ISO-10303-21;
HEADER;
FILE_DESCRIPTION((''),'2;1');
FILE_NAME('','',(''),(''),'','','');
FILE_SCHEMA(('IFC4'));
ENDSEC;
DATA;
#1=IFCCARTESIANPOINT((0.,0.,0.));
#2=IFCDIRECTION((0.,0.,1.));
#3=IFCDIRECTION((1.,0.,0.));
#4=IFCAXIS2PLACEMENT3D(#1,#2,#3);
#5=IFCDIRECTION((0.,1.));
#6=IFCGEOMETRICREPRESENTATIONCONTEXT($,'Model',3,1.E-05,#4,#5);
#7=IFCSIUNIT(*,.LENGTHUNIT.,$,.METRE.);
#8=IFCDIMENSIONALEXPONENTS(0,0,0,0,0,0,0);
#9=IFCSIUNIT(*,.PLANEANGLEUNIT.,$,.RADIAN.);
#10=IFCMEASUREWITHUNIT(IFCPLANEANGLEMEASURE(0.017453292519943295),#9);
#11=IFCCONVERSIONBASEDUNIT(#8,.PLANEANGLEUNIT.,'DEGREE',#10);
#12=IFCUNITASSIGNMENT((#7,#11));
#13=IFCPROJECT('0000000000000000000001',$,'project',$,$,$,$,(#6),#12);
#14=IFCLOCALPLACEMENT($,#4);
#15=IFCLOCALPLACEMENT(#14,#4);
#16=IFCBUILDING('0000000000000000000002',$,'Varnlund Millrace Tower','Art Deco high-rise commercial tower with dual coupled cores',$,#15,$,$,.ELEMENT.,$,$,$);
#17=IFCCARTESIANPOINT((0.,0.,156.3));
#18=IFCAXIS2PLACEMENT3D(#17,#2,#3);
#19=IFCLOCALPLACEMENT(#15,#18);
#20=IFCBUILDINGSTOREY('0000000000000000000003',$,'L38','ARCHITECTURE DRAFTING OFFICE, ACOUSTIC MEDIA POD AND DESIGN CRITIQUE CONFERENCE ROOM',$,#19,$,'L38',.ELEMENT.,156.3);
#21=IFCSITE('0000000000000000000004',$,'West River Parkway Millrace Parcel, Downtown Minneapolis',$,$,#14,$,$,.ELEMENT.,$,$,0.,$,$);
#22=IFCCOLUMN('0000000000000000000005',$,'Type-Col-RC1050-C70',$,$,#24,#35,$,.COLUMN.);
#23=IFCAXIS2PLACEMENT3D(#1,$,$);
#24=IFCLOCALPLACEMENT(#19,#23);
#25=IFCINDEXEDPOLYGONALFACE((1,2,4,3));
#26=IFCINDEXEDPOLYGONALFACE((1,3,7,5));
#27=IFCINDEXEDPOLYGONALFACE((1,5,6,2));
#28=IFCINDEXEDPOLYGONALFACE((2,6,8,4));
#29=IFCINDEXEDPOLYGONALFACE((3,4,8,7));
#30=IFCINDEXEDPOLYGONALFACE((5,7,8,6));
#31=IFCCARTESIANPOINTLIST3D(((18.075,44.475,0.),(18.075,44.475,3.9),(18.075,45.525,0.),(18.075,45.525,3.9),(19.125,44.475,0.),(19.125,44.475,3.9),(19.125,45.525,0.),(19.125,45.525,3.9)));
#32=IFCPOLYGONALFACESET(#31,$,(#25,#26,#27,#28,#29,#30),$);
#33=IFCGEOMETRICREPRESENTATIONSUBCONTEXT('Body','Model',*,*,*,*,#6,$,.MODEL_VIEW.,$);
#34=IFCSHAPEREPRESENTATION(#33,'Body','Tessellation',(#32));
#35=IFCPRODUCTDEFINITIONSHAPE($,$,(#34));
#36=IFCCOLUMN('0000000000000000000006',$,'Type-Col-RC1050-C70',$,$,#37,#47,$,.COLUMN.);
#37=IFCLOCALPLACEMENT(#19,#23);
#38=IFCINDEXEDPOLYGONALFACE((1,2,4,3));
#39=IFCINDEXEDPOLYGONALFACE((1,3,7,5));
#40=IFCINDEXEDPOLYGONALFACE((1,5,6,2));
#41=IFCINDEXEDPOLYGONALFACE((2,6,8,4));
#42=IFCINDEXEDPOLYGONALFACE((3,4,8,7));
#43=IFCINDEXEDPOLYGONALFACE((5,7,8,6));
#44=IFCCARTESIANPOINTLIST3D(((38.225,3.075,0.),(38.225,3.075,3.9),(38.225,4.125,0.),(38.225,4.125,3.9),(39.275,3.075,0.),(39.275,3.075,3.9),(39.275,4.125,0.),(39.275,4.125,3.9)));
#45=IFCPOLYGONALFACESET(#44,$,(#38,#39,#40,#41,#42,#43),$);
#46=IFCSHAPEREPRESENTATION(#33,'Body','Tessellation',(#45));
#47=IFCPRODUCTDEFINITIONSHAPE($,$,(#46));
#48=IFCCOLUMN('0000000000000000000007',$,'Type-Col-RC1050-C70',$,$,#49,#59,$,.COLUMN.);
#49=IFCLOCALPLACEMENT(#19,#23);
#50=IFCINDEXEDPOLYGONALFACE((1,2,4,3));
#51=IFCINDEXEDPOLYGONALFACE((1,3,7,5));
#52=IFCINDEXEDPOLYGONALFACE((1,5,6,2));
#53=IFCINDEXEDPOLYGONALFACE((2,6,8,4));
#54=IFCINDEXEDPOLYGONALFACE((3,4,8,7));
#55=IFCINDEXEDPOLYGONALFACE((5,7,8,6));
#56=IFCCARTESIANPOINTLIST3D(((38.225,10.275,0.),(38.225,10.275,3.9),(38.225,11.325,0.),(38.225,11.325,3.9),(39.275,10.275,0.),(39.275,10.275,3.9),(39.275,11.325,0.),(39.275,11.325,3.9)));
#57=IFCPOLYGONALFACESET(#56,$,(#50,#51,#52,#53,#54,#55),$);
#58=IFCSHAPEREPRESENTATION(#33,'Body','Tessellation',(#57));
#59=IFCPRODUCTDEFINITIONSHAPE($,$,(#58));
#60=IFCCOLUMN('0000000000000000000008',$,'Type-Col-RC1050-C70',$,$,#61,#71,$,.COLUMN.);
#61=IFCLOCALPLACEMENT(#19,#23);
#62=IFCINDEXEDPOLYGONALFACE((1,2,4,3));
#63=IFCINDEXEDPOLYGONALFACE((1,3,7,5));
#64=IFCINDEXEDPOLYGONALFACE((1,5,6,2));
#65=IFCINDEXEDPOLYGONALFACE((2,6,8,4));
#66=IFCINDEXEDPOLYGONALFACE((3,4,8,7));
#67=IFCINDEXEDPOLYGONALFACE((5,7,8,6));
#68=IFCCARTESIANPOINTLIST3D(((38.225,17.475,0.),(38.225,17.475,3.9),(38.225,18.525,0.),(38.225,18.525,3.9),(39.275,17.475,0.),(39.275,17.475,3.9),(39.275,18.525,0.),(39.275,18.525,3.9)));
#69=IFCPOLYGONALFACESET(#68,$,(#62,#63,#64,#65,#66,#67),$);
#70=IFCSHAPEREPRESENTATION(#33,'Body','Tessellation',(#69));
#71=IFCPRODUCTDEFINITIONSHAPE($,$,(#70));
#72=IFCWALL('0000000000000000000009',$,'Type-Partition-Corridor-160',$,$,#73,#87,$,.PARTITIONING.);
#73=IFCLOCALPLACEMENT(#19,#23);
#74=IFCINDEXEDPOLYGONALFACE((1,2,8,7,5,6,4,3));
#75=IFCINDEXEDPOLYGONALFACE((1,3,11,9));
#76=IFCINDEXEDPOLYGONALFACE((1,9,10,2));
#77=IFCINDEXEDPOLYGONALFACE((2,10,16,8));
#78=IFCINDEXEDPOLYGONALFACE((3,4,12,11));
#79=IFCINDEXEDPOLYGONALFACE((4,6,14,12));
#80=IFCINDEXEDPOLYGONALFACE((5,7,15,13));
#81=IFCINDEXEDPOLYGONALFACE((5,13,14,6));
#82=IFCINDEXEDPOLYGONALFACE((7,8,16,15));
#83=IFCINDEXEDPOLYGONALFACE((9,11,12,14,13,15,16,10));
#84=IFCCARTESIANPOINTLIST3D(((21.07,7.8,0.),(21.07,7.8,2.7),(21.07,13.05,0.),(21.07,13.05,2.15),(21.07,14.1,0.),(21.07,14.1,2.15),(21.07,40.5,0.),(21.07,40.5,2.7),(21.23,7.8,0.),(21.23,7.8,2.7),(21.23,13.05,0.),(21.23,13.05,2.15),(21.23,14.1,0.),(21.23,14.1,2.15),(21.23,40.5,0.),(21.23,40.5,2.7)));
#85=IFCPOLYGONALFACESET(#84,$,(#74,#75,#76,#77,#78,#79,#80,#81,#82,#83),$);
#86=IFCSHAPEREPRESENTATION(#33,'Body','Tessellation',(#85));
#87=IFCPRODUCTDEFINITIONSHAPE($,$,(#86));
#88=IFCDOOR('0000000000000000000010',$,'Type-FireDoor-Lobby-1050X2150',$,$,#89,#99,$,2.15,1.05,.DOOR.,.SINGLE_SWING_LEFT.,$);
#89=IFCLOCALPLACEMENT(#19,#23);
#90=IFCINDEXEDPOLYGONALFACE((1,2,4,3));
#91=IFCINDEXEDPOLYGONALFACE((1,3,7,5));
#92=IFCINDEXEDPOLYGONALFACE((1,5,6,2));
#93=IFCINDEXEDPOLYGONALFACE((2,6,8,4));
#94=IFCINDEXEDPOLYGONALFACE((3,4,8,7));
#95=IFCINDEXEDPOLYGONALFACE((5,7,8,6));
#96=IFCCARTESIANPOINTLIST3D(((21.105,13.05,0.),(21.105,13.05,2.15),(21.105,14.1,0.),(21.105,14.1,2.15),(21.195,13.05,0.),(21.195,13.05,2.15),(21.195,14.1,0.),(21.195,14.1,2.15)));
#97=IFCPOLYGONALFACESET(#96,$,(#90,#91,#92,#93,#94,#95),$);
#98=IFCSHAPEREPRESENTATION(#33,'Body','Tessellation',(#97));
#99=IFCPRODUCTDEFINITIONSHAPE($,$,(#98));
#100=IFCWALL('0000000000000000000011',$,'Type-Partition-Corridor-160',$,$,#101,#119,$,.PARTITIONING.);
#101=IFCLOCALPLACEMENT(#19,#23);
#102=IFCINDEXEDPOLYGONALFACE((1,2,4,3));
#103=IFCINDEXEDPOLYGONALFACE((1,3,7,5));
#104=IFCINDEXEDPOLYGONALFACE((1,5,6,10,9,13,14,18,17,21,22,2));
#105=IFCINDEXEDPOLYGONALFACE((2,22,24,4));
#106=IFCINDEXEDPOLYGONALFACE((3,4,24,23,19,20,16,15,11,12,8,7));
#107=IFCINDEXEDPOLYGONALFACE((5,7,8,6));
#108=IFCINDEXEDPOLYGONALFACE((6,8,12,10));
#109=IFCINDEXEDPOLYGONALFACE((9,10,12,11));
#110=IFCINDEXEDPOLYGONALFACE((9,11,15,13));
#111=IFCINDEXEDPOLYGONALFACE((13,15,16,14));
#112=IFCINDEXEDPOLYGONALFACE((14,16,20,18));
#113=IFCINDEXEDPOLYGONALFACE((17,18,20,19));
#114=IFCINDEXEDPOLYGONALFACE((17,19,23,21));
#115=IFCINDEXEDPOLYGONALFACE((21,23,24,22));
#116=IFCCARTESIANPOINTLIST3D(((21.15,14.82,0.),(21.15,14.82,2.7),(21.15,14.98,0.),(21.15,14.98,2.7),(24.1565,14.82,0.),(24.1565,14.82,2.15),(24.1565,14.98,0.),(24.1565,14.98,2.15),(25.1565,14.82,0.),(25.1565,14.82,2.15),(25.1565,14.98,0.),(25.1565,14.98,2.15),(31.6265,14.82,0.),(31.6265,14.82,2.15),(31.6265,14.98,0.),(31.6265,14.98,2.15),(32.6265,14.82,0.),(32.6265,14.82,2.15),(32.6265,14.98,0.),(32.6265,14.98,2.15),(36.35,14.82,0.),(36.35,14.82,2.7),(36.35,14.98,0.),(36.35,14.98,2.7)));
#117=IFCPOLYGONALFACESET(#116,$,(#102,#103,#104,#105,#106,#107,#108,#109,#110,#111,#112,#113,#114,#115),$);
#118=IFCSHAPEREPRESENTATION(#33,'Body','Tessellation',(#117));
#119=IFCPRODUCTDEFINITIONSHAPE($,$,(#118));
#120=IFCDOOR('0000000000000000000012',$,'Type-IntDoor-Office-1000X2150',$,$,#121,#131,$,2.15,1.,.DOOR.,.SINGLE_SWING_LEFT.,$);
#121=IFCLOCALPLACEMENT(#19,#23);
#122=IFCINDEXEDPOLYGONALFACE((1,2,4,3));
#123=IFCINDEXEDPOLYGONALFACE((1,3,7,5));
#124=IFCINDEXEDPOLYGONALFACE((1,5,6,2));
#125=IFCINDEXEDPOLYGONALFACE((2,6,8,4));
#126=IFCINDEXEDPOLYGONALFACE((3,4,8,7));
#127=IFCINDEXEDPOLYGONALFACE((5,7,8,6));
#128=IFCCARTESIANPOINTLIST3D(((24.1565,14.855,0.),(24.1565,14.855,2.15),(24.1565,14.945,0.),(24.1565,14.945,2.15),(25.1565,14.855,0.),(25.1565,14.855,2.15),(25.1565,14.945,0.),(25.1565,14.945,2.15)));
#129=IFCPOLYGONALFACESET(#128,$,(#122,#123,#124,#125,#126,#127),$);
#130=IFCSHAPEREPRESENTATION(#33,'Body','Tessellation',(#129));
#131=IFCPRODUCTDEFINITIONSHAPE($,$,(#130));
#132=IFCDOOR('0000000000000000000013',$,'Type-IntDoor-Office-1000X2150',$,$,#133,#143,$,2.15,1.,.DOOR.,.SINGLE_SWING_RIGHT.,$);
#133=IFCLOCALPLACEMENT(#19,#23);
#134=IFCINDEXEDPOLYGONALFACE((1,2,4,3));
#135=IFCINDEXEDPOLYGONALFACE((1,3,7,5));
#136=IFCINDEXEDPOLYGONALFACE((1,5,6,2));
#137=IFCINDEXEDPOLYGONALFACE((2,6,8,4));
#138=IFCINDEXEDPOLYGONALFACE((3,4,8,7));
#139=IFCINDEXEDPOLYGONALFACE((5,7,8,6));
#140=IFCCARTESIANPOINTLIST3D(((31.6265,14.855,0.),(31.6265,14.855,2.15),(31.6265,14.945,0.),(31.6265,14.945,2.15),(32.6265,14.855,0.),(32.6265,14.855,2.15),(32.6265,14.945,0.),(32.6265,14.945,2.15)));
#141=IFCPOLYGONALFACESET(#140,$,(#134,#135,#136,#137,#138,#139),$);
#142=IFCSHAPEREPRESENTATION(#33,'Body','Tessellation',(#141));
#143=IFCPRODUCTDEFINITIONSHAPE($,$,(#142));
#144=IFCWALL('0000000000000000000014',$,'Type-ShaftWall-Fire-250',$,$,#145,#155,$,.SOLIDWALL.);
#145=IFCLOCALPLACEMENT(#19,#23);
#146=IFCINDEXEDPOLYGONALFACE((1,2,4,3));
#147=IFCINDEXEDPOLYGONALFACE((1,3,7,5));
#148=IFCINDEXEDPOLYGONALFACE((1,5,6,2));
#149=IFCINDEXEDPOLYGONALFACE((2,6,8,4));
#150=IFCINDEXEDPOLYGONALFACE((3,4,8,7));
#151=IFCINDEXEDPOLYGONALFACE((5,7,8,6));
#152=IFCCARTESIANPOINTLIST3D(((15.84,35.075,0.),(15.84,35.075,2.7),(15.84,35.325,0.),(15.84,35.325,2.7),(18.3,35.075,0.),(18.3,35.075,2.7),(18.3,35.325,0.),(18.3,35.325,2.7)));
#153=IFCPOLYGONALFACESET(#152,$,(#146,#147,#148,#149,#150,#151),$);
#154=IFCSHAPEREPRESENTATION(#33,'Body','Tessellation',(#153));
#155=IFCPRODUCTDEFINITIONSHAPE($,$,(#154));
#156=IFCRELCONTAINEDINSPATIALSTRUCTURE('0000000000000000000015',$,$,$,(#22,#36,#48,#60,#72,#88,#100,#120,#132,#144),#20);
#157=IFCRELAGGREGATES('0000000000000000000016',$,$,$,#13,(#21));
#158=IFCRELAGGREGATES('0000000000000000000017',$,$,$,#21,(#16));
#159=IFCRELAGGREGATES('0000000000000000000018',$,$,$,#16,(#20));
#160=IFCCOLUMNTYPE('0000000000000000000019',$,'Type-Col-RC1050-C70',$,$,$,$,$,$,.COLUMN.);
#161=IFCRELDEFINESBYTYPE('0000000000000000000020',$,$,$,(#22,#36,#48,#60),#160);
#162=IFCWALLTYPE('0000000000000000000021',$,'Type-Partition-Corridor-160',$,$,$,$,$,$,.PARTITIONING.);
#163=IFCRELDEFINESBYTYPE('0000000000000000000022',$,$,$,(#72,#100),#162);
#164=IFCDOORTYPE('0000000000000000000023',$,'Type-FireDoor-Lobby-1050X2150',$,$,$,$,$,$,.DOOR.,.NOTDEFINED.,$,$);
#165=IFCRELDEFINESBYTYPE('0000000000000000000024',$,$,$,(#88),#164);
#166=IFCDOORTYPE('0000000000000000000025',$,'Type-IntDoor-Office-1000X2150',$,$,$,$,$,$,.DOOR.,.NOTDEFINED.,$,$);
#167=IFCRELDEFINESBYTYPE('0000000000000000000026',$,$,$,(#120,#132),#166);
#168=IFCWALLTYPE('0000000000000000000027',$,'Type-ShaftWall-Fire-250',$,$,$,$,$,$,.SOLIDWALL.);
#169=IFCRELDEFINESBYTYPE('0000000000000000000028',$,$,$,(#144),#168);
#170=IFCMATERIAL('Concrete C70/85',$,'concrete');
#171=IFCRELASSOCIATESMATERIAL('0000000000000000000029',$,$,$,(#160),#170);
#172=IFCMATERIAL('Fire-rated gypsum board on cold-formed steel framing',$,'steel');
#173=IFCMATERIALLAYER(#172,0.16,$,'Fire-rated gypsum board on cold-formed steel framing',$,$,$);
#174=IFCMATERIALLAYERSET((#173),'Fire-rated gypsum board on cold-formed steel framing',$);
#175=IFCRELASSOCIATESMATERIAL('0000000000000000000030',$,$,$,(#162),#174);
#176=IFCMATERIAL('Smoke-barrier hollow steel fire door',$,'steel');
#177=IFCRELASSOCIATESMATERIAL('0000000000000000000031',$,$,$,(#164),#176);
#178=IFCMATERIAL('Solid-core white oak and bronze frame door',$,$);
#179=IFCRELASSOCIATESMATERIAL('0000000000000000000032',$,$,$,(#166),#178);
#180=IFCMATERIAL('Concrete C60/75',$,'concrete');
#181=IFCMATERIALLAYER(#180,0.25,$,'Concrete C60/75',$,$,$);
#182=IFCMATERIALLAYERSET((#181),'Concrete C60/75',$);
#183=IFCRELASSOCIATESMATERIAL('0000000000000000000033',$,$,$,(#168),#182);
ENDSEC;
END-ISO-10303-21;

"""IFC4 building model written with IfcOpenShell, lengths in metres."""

from ifc_helpers import new_model, entity, si_unit, converted_unit, direction, frame, origin_with_axes, origin_2d_with_axis, place, context, subcontext, project, spatial, polyline, rectangle, outline, extrude, material, layer, layer_set, material_profile, profile_set, type_object, element, fill, save


model = new_model("IFC4")

# Units and contexts
model_context = context("Model", 3, precision=1e-05, world=origin_with_axes(), true_north=direction((0.0, 1.0)))
body_context = subcontext(model_context, "Body", "Model", "MODEL_VIEW")
ifc_project = project(units=[si_unit("LENGTHUNIT", "METRE"), converted_unit("PLANEANGLEUNIT", "DEGREE", entity("IfcPlaneAngleMeasure", 0.017453292519943295), si_unit("PLANEANGLEUNIT", "RADIAN"), dimensions=[0, 0, 0, 0, 0, 0, 0])], contexts=[model_context])

# Site, building, storey
site_placement = place(None, origin_with_axes())
site = spatial("IfcSite", under=ifc_project, at=site_placement, Name="West River Parkway Millrace Parcel, Downtown Minneapolis", CompositionType="ELEMENT", RefElevation=0.0)
building_placement = place(site_placement, origin_with_axes())
building = spatial("IfcBuilding", under=site, at=building_placement, Name="Varnlund Millrace Tower", Description="Art Deco high-rise commercial tower with dual coupled cores", CompositionType="ELEMENT")
storey_placement = place(building_placement, frame((0.0, 0.0, 156.3), z_axis=(0.0, 0.0, 1.0), x_axis=(1.0, 0.0, 0.0)))
storey = spatial("IfcBuildingStorey", under=building, at=storey_placement, Name="L38", Description="ARCHITECTURE DRAFTING OFFICE, ACOUSTIC MEDIA POD AND DESIGN CRITIQUE CONFERENCE ROOM", LongName="L38", CompositionType="ELEMENT", Elevation=156.3)

# Columns
ifc_material_1 = material(Name="Concrete C70/85", Category="concrete")
ifc_material_profile_1 = material_profile(ifc_material_1, rectangle(XDim=1.05, YDim=1.05, at=origin_2d_with_axis()), Name="Concrete C70/85")
ifc_profile_set_1 = profile_set([ifc_material_profile_1], Name="Concrete C70/85")
column_type_1 = type_object("IfcColumnType", Name="Type-Col-RC1050-C70", PredefinedType="COLUMN", material=ifc_profile_set_1)
for number, where, z_axis, x_axis, name in (
    (1, (18.6, 45.0, 0.0), (0.0, 0.0, 1.0), (1.0, 0.0, 0.0), "Type-Col-RC1050-C70"),
    (2, (38.75, 3.6, 0.0), (0.0, 0.0, 1.0), (1.0, 0.0, 0.0), "Type-Col-RC1050-C70"),
    (3, (38.75, 10.8, 0.0), (0.0, 0.0, 1.0), (1.0, 0.0, 0.0), "Type-Col-RC1050-C70"),
    (4, (38.75, 18.0, 0.0), (0.0, 0.0, 1.0), (1.0, 0.0, 0.0), "Type-Col-RC1050-C70"),
):
    element("IfcColumn", number, at=place(storey_placement, frame(where, z_axis=z_axis, x_axis=x_axis)), inside=storey, type_object=column_type_1, Name=name, PredefinedType="COLUMN", context=body_context, shape_type="SweptSolid", body=[
        extrude(rectangle(XDim=1.05, YDim=1.05, at=origin_2d_with_axis()), origin_with_axes(), (0.0, 0.0, 1.0), 3.9),
    ])

# Wall, opening, door
ifc_material_2 = material(Name="Fire-rated gypsum board on cold-formed steel framing", Category="steel")
ifc_layer_1 = layer(ifc_material_2, 0.16, Name="Fire-rated gypsum board on cold-formed steel framing")
ifc_layer_set_1 = layer_set([ifc_layer_1], Name="Fire-rated gypsum board on cold-formed steel framing")
wall_type_1 = type_object("IfcWallType", Name="Type-Partition-Corridor-160", PredefinedType="PARTITIONING", material=ifc_layer_set_1)
wall_1_placement = place(storey_placement, frame((21.15, 7.8, 0.0), z_axis=(0.0, 0.0, 1.0), x_axis=(0.0, 1.0, 0.0)))
wall_1 = element("IfcWall", 5, at=wall_1_placement, inside=storey, type_object=wall_type_1, Name="Type-Partition-Corridor-160", PredefinedType="PARTITIONING", context=body_context, shape_type="SweptSolid", body=[
    extrude(outline(polyline([(0.0, -0.08), (32.7, -0.08), (32.7, 0.08), (0.0, 0.08), (0.0, -0.08)])), origin_with_axes(), (0.0, 0.0, 1.0), 2.7),
])
opening_1_placement = place(wall_1_placement, frame((5.775, 0.0, 0.0), z_axis=(0.0, 0.0, 1.0), x_axis=(1.0, 0.0, 0.0)))
opening_1 = element("IfcOpeningElement", 6, at=opening_1_placement, cuts=wall_1, PredefinedType="OPENING", context=body_context, shape_type="SweptSolid", body=[
    extrude(rectangle(XDim=1.05, YDim=0.18, at=origin_2d_with_axis()), origin_with_axes(), (0.0, 0.0, 1.0), 2.15),
])
ifc_material_3 = material(Name="Smoke-barrier hollow steel fire door", Category="steel")
door_type_1 = type_object("IfcDoorType", Name="Type-FireDoor-Lobby-1050X2150", OperationType="NOTDEFINED", PredefinedType="DOOR", material=ifc_material_3)
door_1_placement = place(wall_1_placement, frame((5.775, 0.0, 0.0), z_axis=(0.0, 0.0, 1.0), x_axis=(1.0, 0.0, 0.0)))
door_1 = element("IfcDoor", 7, at=door_1_placement, inside=storey, type_object=door_type_1, Name="Type-FireDoor-Lobby-1050X2150", OperationType="SINGLE_SWING_LEFT", OverallHeight=2.15, OverallWidth=1.05, PredefinedType="DOOR", context=body_context, shape_type="SweptSolid", body=[
    extrude(rectangle(XDim=1.05, YDim=0.09, at=origin_2d_with_axis()), origin_with_axes(), (0.0, 0.0, 1.0), 2.15),
])
fill(opening_1, door_1)

# Wall, openings, doors
ifc_material_4 = material(Name="Solid-core white oak and bronze frame door")
door_type_2 = type_object("IfcDoorType", Name="Type-IntDoor-Office-1000X2150", OperationType="NOTDEFINED", PredefinedType="DOOR", material=ifc_material_4)
wall_2_placement = place(storey_placement, frame((21.15, 14.9, 0.0), z_axis=(0.0, 0.0, 1.0), x_axis=(1.0, 0.0, 0.0)))
wall_2 = element("IfcWall", 8, at=wall_2_placement, inside=storey, type_object=wall_type_1, Name="Type-Partition-Corridor-160", PredefinedType="PARTITIONING", context=body_context, shape_type="SweptSolid", body=[
    extrude(outline(polyline([(0.0, -0.08), (15.2, -0.08), (15.2, 0.08), (0.0, 0.08), (0.0, -0.08)])), origin_with_axes(), (0.0, 0.0, 1.0), 2.7),
])
opening_2_placement = place(wall_2_placement, frame((3.5065, 0.0, 0.0), z_axis=(0.0, 0.0, 1.0), x_axis=(1.0, 0.0, 0.0)))
opening_2 = element("IfcOpeningElement", 9, at=opening_2_placement, cuts=wall_2, PredefinedType="OPENING", context=body_context, shape_type="SweptSolid", body=[
    extrude(rectangle(XDim=1.0, YDim=0.18, at=origin_2d_with_axis()), origin_with_axes(), (0.0, 0.0, 1.0), 2.15),
])
opening_3_placement = place(wall_2_placement, frame((10.9765, 0.0, 0.0), z_axis=(0.0, 0.0, 1.0), x_axis=(1.0, 0.0, 0.0)))
opening_3 = element("IfcOpeningElement", 10, at=opening_3_placement, cuts=wall_2, PredefinedType="OPENING", context=body_context, shape_type="SweptSolid", body=[
    extrude(rectangle(XDim=1.0, YDim=0.18, at=origin_2d_with_axis()), origin_with_axes(), (0.0, 0.0, 1.0), 2.15),
])
door_2_placement = place(wall_2_placement, frame((3.5065, 0.0, 0.0), z_axis=(0.0, 0.0, 1.0), x_axis=(1.0, 0.0, 0.0)))
door_2 = element("IfcDoor", 11, at=door_2_placement, inside=storey, type_object=door_type_2, Name="Type-IntDoor-Office-1000X2150", OperationType="SINGLE_SWING_LEFT", OverallHeight=2.15, OverallWidth=1.0, PredefinedType="DOOR", context=body_context, shape_type="SweptSolid", body=[
    extrude(rectangle(XDim=1.0, YDim=0.09, at=origin_2d_with_axis()), origin_with_axes(), (0.0, 0.0, 1.0), 2.15),
])
fill(opening_2, door_2)
door_3_placement = place(wall_2_placement, frame((10.9765, 0.0, 0.0), z_axis=(0.0, 0.0, 1.0), x_axis=(1.0, 0.0, 0.0)))
door_3 = element("IfcDoor", 12, at=door_3_placement, inside=storey, type_object=door_type_2, Name="Type-IntDoor-Office-1000X2150", OperationType="SINGLE_SWING_RIGHT", OverallHeight=2.15, OverallWidth=1.0, PredefinedType="DOOR", context=body_context, shape_type="SweptSolid", body=[
    extrude(rectangle(XDim=1.0, YDim=0.09, at=origin_2d_with_axis()), origin_with_axes(), (0.0, 0.0, 1.0), 2.15),
])
fill(opening_3, door_3)

# Wall
ifc_material_5 = material(Name="Concrete C60/75", Category="concrete")
ifc_layer_2 = layer(ifc_material_5, 0.25, Name="Concrete C60/75")
ifc_layer_set_2 = layer_set([ifc_layer_2], Name="Concrete C60/75")
wall_type_2 = type_object("IfcWallType", Name="Type-ShaftWall-Fire-250", PredefinedType="SOLIDWALL", material=ifc_layer_set_2)
wall_3_placement = place(storey_placement, frame((15.84, 35.2, 0.0), z_axis=(0.0, 0.0, 1.0), x_axis=(1.0, 0.0, 0.0)))
element("IfcWall", 13, at=wall_3_placement, inside=storey, type_object=wall_type_2, Name="Type-ShaftWall-Fire-250", PredefinedType="SOLIDWALL", context=body_context, shape_type="SweptSolid", body=[
    extrude(outline(polyline([(0.0, -0.125), (2.46, -0.125), (2.46, 0.125), (0.0, 0.125), (0.0, -0.125)])), origin_with_axes(), (0.0, 0.0, 1.0), 2.7),
])

save(model, "model.ifc")
